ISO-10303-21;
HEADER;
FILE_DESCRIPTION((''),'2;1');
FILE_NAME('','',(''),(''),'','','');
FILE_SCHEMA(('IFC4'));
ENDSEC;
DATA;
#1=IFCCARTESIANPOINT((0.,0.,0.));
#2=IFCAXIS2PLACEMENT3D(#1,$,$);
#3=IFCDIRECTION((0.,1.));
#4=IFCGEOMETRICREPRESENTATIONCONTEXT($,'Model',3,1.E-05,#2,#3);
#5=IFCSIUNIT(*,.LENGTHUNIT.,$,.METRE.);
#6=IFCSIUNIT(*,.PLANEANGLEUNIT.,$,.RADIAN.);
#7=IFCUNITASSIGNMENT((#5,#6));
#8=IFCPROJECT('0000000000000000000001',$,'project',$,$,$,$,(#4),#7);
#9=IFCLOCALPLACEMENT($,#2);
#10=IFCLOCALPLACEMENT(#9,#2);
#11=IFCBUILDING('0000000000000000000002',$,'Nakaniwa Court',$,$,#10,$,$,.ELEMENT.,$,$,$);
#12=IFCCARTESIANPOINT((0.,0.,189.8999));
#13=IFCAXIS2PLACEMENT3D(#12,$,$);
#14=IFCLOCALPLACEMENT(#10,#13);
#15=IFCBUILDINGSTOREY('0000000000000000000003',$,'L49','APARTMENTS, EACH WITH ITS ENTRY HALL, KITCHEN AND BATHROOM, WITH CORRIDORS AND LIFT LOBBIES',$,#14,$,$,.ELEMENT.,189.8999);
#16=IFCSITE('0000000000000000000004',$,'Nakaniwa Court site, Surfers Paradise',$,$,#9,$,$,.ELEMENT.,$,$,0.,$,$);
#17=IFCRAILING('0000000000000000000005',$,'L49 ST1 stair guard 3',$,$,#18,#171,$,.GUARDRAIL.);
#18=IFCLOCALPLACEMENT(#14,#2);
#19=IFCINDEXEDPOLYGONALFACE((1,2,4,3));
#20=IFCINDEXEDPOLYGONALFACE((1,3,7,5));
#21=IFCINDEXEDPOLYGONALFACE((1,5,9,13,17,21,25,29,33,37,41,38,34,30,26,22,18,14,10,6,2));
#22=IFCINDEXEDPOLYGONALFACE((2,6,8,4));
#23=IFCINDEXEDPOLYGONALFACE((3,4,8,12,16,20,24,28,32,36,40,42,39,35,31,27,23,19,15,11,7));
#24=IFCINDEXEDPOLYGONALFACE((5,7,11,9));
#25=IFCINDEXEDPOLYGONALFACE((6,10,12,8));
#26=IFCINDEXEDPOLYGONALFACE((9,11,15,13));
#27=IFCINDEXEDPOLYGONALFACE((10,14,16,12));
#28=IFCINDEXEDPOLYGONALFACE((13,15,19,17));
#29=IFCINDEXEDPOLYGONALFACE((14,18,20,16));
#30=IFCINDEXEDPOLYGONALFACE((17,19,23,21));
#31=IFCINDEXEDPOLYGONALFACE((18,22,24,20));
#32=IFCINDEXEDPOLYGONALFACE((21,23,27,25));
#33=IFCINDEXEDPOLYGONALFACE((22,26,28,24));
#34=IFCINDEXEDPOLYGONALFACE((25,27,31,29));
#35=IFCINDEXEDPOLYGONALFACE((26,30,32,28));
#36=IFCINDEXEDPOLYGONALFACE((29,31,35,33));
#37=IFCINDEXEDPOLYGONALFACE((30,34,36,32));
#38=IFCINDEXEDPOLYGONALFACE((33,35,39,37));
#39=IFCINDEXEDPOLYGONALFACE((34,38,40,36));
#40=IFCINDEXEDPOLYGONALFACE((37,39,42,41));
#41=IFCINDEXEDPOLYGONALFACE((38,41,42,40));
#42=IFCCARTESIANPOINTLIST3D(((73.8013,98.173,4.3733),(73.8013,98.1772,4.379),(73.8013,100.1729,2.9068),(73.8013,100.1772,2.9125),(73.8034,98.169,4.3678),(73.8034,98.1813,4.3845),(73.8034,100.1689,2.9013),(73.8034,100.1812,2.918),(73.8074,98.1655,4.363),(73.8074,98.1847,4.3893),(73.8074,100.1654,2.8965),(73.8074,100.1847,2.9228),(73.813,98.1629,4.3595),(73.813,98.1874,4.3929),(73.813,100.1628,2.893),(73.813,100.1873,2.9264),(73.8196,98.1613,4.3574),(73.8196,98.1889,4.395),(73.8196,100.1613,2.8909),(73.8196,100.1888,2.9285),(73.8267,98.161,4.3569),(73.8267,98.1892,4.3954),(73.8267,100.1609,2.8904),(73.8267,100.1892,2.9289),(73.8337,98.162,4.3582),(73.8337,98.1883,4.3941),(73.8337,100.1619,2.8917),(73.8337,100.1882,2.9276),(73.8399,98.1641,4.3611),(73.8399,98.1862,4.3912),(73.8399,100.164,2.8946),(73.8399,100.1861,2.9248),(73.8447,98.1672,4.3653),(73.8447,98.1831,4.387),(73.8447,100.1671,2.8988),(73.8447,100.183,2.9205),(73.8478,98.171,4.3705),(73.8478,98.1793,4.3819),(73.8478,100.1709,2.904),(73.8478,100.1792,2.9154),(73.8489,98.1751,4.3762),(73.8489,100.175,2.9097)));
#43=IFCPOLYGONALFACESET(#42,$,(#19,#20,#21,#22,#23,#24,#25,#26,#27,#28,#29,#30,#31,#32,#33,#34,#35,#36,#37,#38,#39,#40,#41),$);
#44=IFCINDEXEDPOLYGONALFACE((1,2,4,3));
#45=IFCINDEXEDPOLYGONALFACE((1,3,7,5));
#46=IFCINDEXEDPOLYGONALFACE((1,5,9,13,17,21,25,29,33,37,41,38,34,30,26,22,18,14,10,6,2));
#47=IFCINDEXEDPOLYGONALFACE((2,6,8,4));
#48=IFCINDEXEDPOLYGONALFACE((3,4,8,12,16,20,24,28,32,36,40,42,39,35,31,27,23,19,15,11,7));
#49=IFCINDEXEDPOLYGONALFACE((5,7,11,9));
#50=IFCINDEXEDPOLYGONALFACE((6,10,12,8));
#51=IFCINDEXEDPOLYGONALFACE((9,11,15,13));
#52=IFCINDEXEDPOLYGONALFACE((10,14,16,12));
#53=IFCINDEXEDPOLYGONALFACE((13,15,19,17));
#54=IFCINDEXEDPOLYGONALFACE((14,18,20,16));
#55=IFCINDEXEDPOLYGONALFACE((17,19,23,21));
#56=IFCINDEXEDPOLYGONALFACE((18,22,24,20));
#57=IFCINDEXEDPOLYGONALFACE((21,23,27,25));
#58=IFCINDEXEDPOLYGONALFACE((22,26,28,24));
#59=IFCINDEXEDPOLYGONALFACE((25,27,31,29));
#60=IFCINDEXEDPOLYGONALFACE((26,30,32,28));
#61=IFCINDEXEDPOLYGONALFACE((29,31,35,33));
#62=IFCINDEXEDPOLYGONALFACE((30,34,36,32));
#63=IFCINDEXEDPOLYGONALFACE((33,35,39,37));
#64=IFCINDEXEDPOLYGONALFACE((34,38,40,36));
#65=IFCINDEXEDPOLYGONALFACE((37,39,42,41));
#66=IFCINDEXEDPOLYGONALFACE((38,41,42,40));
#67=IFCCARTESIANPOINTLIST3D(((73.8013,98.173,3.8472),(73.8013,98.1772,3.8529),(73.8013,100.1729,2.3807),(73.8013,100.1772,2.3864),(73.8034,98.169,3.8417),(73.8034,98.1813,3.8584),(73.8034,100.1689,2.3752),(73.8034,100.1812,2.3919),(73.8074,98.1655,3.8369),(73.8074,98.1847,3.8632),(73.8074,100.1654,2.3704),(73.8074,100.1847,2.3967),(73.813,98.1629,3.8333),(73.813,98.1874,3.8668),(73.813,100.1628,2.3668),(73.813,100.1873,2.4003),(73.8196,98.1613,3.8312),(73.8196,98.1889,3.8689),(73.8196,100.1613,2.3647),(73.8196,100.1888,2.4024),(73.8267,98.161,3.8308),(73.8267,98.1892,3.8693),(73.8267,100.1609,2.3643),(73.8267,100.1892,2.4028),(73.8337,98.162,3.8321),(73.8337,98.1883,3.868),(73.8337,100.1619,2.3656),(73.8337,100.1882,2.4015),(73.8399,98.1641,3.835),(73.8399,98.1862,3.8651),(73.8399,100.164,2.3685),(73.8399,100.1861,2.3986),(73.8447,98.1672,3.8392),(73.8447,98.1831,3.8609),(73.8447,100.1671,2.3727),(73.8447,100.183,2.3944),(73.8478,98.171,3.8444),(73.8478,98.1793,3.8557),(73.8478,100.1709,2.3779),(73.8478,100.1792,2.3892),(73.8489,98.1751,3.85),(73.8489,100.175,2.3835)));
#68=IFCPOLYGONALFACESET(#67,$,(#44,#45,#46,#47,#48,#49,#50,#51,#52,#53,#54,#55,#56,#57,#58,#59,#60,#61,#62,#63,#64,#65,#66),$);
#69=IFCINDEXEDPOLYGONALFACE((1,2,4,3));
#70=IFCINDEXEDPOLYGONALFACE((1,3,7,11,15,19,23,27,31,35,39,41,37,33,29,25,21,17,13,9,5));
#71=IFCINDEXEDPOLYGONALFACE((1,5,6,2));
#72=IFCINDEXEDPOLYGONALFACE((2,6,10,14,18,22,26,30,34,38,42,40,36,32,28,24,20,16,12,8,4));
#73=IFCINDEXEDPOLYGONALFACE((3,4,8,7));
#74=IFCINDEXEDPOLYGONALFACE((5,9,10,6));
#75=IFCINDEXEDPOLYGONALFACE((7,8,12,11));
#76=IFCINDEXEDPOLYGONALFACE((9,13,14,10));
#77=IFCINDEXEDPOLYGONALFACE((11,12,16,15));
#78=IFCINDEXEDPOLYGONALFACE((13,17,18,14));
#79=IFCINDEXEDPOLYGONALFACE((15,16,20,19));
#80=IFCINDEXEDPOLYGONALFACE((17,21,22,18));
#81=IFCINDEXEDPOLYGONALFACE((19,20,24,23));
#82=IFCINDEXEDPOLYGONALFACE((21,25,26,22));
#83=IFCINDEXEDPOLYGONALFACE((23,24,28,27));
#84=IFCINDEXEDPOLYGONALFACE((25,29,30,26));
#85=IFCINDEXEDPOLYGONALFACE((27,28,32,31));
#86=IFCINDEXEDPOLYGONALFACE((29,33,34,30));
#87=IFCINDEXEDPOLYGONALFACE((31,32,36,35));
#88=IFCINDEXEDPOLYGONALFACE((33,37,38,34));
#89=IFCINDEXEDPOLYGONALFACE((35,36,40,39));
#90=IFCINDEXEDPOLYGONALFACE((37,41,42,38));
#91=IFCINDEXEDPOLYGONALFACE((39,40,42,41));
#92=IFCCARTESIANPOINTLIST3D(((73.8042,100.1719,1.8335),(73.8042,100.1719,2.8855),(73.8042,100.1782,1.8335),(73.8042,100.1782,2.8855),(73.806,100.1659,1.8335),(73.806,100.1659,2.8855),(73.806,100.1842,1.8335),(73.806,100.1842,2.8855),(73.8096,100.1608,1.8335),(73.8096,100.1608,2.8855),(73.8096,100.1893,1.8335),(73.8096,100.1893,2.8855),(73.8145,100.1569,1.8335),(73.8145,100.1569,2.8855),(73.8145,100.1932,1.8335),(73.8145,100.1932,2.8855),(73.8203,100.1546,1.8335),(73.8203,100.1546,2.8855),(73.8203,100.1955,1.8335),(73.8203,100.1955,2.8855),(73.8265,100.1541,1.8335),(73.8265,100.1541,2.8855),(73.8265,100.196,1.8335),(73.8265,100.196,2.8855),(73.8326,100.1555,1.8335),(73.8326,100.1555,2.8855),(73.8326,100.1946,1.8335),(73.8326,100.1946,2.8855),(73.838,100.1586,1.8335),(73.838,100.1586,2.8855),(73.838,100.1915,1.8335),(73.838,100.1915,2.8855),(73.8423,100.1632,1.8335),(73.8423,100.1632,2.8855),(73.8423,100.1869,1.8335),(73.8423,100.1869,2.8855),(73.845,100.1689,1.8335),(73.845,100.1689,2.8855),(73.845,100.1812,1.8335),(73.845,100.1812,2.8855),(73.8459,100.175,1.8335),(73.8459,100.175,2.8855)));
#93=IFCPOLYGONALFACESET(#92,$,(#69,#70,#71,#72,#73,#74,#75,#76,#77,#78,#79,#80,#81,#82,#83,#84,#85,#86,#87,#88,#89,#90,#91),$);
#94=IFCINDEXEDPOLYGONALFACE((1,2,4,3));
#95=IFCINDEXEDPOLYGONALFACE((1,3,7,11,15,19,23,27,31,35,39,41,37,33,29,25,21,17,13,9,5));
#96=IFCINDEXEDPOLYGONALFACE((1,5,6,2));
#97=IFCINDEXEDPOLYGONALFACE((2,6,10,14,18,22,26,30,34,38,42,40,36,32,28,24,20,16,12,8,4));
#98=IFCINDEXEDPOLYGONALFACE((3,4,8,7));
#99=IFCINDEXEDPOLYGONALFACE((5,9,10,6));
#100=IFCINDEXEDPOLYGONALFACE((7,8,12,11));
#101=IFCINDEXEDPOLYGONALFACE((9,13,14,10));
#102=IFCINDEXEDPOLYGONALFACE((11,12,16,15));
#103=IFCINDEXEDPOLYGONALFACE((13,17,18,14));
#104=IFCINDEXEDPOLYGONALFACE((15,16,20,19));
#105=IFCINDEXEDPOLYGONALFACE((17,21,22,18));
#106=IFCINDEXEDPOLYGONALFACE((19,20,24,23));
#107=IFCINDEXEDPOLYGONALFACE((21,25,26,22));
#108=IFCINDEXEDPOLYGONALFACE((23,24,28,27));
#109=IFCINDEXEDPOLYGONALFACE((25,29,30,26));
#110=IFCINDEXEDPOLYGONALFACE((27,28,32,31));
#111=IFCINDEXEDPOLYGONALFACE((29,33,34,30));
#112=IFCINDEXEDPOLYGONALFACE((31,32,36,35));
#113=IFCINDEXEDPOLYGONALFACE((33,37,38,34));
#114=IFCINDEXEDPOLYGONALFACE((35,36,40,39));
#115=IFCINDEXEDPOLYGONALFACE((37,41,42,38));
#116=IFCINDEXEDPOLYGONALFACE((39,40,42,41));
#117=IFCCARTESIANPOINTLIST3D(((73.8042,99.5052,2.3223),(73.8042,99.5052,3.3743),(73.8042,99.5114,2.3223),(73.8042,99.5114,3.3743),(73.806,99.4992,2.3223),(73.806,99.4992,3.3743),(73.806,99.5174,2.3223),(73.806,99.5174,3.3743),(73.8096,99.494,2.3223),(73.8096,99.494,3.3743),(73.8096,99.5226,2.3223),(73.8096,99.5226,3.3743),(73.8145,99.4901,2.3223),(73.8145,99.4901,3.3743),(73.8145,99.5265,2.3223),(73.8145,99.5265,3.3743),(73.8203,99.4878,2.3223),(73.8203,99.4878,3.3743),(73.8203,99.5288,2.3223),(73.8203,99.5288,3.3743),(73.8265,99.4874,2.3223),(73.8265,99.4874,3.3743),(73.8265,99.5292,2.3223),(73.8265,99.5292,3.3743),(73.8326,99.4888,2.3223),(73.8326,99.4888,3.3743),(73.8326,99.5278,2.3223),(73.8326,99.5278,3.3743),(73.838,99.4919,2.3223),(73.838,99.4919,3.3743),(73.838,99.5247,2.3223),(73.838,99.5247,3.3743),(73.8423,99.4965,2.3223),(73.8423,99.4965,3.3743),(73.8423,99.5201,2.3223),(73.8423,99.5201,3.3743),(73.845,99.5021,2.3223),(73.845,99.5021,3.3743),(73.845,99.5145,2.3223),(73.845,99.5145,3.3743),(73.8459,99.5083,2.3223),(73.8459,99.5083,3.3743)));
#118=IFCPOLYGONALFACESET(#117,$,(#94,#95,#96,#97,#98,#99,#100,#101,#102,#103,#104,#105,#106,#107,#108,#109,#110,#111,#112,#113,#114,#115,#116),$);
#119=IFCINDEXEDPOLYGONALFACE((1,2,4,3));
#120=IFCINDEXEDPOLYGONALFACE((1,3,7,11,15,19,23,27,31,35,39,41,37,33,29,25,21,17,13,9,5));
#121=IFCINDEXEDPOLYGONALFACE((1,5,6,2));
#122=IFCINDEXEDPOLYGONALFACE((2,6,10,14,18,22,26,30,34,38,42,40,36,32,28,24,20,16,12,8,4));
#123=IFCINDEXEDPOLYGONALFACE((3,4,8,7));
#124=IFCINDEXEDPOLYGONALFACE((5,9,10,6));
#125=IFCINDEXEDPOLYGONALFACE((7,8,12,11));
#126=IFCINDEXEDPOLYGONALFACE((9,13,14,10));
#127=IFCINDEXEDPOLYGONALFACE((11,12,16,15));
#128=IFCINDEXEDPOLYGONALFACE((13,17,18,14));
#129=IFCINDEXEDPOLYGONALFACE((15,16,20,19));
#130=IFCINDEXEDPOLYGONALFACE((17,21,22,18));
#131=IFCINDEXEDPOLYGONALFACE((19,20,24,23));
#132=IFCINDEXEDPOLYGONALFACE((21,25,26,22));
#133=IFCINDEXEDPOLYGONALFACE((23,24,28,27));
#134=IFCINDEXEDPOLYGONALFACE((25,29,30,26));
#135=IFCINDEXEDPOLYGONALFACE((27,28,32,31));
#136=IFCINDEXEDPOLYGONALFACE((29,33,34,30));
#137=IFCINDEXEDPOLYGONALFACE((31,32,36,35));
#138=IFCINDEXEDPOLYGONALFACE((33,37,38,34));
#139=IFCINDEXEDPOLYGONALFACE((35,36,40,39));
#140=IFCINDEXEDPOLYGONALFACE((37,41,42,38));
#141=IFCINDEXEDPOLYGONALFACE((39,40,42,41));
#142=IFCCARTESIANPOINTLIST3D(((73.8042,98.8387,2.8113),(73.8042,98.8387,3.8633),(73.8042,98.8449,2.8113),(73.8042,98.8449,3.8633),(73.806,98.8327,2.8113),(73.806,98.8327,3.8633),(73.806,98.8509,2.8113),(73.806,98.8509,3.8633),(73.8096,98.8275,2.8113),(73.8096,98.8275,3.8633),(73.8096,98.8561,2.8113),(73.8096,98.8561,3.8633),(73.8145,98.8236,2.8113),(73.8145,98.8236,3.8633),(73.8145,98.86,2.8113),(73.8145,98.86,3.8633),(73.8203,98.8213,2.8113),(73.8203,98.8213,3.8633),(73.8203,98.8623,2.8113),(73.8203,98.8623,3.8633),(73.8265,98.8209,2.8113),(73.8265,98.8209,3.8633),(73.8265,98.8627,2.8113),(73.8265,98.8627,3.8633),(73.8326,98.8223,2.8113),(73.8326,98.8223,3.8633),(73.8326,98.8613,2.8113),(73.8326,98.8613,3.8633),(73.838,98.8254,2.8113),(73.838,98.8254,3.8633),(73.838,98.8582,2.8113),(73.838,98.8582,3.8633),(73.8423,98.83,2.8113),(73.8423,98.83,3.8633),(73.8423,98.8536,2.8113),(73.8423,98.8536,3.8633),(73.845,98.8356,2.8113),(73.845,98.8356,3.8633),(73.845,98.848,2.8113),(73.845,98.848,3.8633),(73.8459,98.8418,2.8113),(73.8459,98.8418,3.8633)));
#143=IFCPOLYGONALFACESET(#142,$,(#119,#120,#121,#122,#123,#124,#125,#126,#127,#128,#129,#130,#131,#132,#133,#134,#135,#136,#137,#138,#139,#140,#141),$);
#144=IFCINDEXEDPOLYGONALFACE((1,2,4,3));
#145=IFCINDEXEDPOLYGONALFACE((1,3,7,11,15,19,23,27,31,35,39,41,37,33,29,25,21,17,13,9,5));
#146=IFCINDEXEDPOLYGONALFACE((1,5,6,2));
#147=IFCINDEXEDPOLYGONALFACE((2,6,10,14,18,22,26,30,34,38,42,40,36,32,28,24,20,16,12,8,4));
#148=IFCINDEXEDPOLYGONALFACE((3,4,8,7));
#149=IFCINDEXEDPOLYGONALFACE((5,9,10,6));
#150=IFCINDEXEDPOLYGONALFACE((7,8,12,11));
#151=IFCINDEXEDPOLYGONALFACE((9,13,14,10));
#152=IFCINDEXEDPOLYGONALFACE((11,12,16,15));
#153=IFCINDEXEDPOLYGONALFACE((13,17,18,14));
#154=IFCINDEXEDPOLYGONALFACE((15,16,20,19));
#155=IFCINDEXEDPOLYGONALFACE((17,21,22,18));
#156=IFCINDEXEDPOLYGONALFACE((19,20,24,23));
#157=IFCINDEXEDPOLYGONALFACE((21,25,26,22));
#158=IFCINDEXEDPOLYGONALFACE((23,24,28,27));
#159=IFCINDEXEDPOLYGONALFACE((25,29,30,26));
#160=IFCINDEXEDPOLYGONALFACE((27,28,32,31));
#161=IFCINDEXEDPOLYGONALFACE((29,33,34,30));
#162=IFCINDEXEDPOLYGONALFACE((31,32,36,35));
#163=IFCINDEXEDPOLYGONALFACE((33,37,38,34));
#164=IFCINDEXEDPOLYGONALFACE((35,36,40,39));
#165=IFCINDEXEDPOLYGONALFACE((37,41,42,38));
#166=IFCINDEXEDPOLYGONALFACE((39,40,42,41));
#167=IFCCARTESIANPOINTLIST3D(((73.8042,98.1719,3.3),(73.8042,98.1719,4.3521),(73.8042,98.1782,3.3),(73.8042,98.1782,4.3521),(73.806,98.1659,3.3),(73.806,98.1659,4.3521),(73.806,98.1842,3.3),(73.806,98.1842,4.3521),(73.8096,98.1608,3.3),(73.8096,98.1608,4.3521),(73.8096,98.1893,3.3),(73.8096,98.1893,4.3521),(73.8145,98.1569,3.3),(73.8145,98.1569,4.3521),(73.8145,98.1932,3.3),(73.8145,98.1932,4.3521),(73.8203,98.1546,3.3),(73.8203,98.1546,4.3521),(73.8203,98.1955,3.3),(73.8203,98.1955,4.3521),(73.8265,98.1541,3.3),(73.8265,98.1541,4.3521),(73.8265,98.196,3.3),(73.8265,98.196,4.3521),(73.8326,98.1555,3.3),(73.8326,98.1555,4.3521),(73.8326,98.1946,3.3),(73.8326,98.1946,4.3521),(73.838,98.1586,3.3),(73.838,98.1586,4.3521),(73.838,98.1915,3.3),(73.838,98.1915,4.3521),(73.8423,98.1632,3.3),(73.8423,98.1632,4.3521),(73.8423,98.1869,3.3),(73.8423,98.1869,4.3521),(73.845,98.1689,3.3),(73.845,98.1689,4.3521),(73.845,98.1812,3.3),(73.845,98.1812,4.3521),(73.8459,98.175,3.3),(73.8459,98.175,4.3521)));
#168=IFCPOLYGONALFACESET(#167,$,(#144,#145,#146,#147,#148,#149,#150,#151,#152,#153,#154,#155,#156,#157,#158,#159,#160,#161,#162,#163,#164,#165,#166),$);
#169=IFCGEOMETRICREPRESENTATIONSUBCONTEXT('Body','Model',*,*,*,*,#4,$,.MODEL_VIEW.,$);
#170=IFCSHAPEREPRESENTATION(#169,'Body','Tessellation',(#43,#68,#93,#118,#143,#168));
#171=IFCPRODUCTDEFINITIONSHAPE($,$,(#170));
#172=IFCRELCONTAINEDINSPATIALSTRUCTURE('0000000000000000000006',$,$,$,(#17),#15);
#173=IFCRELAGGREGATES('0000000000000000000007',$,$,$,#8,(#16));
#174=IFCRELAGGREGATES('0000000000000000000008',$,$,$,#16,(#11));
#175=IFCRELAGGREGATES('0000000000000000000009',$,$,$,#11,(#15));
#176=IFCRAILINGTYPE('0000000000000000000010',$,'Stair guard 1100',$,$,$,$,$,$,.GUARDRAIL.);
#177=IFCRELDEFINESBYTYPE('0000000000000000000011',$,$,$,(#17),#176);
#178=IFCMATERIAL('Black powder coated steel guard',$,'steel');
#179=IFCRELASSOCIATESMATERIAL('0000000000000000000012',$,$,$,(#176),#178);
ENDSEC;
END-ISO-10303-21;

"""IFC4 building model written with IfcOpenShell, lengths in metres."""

from ifc_helpers import new_model, si_unit, direction, frame, origin, origin_2d, place, context, subcontext, project, spatial, circle, extrude, material, type_object, element, save


model = new_model("IFC4")

# Units and contexts
model_context = context("Model", 3, precision=1e-05, world=origin(), true_north=direction((0.0, 1.0)))
body_context = subcontext(model_context, "Body", "Model", "MODEL_VIEW")
ifc_project = project(units=[si_unit("LENGTHUNIT", "METRE"), si_unit("PLANEANGLEUNIT", "RADIAN")], contexts=[model_context])

# Site, building, storey
site_placement = place(None, origin())
site = spatial("IfcSite", under=ifc_project, at=site_placement, Name="Nakaniwa Court site, Surfers Paradise", CompositionType="ELEMENT", RefElevation=0.0)
building_placement = place(site_placement, origin())
building = spatial("IfcBuilding", under=site, at=building_placement, Name="Nakaniwa Court", CompositionType="ELEMENT")
storey_placement = place(building_placement, frame((0.0, 0.0, 189.8999)))
storey = spatial("IfcBuildingStorey", under=building, at=storey_placement, Name="L49", Description="APARTMENTS, EACH WITH ITS ENTRY HALL, KITCHEN AND BATHROOM, WITH CORRIDORS AND LIFT LOBBIES", CompositionType="ELEMENT", Elevation=189.8999)

# Railing
ifc_material_1 = material(Name="Black powder coated steel guard", Category="steel")
railing_type_1 = type_object("IfcRailingType", Name="Stair guard 1100", PredefinedType="GUARDRAIL", material=ifc_material_1)
railing_1_placement = place(storey_placement, frame((73.825, 100.175, 1.8335)))
element("IfcRailing", 1, at=railing_1_placement, inside=storey, type_object=railing_type_1, Name="L49 ST1 stair guard 3", PredefinedType="GUARDRAIL", context=body_context, shape_type="SweptSolid", body=[
    extrude(circle(Radius=0.0239, at=origin_2d()), frame((0.0, 0.0, 1.0762), z_axis=(0.0, -0.806427, 0.591334), x_axis=(1.0, 0.0, 0.0)), (0.0, 0.0, 1.0), 2.48),
    extrude(circle(Radius=0.0239, at=origin_2d()), frame((0.0, 0.0, 0.55), z_axis=(0.0, -0.806427, 0.591334), x_axis=(1.0, 0.0, 0.0)), (0.0, 0.0, 1.0), 2.48),
    extrude(circle(Radius=0.021, at=origin_2d()), origin(), (0.0, 0.0, 1.0), 1.052),
    extrude(circle(Radius=0.021, at=origin_2d()), frame((0.0, -0.6667, 0.4888)), (0.0, 0.0, 1.0), 1.052),
    extrude(circle(Radius=0.021, at=origin_2d()), frame((0.0, -1.3333, 0.9778)), (0.0, 0.0, 1.0), 1.052),
    extrude(circle(Radius=0.021, at=origin_2d()), frame((0.0, -2.0, 1.4666)), (0.0, 0.0, 1.0), 1.052),
])

save(model, "model.ifc")
